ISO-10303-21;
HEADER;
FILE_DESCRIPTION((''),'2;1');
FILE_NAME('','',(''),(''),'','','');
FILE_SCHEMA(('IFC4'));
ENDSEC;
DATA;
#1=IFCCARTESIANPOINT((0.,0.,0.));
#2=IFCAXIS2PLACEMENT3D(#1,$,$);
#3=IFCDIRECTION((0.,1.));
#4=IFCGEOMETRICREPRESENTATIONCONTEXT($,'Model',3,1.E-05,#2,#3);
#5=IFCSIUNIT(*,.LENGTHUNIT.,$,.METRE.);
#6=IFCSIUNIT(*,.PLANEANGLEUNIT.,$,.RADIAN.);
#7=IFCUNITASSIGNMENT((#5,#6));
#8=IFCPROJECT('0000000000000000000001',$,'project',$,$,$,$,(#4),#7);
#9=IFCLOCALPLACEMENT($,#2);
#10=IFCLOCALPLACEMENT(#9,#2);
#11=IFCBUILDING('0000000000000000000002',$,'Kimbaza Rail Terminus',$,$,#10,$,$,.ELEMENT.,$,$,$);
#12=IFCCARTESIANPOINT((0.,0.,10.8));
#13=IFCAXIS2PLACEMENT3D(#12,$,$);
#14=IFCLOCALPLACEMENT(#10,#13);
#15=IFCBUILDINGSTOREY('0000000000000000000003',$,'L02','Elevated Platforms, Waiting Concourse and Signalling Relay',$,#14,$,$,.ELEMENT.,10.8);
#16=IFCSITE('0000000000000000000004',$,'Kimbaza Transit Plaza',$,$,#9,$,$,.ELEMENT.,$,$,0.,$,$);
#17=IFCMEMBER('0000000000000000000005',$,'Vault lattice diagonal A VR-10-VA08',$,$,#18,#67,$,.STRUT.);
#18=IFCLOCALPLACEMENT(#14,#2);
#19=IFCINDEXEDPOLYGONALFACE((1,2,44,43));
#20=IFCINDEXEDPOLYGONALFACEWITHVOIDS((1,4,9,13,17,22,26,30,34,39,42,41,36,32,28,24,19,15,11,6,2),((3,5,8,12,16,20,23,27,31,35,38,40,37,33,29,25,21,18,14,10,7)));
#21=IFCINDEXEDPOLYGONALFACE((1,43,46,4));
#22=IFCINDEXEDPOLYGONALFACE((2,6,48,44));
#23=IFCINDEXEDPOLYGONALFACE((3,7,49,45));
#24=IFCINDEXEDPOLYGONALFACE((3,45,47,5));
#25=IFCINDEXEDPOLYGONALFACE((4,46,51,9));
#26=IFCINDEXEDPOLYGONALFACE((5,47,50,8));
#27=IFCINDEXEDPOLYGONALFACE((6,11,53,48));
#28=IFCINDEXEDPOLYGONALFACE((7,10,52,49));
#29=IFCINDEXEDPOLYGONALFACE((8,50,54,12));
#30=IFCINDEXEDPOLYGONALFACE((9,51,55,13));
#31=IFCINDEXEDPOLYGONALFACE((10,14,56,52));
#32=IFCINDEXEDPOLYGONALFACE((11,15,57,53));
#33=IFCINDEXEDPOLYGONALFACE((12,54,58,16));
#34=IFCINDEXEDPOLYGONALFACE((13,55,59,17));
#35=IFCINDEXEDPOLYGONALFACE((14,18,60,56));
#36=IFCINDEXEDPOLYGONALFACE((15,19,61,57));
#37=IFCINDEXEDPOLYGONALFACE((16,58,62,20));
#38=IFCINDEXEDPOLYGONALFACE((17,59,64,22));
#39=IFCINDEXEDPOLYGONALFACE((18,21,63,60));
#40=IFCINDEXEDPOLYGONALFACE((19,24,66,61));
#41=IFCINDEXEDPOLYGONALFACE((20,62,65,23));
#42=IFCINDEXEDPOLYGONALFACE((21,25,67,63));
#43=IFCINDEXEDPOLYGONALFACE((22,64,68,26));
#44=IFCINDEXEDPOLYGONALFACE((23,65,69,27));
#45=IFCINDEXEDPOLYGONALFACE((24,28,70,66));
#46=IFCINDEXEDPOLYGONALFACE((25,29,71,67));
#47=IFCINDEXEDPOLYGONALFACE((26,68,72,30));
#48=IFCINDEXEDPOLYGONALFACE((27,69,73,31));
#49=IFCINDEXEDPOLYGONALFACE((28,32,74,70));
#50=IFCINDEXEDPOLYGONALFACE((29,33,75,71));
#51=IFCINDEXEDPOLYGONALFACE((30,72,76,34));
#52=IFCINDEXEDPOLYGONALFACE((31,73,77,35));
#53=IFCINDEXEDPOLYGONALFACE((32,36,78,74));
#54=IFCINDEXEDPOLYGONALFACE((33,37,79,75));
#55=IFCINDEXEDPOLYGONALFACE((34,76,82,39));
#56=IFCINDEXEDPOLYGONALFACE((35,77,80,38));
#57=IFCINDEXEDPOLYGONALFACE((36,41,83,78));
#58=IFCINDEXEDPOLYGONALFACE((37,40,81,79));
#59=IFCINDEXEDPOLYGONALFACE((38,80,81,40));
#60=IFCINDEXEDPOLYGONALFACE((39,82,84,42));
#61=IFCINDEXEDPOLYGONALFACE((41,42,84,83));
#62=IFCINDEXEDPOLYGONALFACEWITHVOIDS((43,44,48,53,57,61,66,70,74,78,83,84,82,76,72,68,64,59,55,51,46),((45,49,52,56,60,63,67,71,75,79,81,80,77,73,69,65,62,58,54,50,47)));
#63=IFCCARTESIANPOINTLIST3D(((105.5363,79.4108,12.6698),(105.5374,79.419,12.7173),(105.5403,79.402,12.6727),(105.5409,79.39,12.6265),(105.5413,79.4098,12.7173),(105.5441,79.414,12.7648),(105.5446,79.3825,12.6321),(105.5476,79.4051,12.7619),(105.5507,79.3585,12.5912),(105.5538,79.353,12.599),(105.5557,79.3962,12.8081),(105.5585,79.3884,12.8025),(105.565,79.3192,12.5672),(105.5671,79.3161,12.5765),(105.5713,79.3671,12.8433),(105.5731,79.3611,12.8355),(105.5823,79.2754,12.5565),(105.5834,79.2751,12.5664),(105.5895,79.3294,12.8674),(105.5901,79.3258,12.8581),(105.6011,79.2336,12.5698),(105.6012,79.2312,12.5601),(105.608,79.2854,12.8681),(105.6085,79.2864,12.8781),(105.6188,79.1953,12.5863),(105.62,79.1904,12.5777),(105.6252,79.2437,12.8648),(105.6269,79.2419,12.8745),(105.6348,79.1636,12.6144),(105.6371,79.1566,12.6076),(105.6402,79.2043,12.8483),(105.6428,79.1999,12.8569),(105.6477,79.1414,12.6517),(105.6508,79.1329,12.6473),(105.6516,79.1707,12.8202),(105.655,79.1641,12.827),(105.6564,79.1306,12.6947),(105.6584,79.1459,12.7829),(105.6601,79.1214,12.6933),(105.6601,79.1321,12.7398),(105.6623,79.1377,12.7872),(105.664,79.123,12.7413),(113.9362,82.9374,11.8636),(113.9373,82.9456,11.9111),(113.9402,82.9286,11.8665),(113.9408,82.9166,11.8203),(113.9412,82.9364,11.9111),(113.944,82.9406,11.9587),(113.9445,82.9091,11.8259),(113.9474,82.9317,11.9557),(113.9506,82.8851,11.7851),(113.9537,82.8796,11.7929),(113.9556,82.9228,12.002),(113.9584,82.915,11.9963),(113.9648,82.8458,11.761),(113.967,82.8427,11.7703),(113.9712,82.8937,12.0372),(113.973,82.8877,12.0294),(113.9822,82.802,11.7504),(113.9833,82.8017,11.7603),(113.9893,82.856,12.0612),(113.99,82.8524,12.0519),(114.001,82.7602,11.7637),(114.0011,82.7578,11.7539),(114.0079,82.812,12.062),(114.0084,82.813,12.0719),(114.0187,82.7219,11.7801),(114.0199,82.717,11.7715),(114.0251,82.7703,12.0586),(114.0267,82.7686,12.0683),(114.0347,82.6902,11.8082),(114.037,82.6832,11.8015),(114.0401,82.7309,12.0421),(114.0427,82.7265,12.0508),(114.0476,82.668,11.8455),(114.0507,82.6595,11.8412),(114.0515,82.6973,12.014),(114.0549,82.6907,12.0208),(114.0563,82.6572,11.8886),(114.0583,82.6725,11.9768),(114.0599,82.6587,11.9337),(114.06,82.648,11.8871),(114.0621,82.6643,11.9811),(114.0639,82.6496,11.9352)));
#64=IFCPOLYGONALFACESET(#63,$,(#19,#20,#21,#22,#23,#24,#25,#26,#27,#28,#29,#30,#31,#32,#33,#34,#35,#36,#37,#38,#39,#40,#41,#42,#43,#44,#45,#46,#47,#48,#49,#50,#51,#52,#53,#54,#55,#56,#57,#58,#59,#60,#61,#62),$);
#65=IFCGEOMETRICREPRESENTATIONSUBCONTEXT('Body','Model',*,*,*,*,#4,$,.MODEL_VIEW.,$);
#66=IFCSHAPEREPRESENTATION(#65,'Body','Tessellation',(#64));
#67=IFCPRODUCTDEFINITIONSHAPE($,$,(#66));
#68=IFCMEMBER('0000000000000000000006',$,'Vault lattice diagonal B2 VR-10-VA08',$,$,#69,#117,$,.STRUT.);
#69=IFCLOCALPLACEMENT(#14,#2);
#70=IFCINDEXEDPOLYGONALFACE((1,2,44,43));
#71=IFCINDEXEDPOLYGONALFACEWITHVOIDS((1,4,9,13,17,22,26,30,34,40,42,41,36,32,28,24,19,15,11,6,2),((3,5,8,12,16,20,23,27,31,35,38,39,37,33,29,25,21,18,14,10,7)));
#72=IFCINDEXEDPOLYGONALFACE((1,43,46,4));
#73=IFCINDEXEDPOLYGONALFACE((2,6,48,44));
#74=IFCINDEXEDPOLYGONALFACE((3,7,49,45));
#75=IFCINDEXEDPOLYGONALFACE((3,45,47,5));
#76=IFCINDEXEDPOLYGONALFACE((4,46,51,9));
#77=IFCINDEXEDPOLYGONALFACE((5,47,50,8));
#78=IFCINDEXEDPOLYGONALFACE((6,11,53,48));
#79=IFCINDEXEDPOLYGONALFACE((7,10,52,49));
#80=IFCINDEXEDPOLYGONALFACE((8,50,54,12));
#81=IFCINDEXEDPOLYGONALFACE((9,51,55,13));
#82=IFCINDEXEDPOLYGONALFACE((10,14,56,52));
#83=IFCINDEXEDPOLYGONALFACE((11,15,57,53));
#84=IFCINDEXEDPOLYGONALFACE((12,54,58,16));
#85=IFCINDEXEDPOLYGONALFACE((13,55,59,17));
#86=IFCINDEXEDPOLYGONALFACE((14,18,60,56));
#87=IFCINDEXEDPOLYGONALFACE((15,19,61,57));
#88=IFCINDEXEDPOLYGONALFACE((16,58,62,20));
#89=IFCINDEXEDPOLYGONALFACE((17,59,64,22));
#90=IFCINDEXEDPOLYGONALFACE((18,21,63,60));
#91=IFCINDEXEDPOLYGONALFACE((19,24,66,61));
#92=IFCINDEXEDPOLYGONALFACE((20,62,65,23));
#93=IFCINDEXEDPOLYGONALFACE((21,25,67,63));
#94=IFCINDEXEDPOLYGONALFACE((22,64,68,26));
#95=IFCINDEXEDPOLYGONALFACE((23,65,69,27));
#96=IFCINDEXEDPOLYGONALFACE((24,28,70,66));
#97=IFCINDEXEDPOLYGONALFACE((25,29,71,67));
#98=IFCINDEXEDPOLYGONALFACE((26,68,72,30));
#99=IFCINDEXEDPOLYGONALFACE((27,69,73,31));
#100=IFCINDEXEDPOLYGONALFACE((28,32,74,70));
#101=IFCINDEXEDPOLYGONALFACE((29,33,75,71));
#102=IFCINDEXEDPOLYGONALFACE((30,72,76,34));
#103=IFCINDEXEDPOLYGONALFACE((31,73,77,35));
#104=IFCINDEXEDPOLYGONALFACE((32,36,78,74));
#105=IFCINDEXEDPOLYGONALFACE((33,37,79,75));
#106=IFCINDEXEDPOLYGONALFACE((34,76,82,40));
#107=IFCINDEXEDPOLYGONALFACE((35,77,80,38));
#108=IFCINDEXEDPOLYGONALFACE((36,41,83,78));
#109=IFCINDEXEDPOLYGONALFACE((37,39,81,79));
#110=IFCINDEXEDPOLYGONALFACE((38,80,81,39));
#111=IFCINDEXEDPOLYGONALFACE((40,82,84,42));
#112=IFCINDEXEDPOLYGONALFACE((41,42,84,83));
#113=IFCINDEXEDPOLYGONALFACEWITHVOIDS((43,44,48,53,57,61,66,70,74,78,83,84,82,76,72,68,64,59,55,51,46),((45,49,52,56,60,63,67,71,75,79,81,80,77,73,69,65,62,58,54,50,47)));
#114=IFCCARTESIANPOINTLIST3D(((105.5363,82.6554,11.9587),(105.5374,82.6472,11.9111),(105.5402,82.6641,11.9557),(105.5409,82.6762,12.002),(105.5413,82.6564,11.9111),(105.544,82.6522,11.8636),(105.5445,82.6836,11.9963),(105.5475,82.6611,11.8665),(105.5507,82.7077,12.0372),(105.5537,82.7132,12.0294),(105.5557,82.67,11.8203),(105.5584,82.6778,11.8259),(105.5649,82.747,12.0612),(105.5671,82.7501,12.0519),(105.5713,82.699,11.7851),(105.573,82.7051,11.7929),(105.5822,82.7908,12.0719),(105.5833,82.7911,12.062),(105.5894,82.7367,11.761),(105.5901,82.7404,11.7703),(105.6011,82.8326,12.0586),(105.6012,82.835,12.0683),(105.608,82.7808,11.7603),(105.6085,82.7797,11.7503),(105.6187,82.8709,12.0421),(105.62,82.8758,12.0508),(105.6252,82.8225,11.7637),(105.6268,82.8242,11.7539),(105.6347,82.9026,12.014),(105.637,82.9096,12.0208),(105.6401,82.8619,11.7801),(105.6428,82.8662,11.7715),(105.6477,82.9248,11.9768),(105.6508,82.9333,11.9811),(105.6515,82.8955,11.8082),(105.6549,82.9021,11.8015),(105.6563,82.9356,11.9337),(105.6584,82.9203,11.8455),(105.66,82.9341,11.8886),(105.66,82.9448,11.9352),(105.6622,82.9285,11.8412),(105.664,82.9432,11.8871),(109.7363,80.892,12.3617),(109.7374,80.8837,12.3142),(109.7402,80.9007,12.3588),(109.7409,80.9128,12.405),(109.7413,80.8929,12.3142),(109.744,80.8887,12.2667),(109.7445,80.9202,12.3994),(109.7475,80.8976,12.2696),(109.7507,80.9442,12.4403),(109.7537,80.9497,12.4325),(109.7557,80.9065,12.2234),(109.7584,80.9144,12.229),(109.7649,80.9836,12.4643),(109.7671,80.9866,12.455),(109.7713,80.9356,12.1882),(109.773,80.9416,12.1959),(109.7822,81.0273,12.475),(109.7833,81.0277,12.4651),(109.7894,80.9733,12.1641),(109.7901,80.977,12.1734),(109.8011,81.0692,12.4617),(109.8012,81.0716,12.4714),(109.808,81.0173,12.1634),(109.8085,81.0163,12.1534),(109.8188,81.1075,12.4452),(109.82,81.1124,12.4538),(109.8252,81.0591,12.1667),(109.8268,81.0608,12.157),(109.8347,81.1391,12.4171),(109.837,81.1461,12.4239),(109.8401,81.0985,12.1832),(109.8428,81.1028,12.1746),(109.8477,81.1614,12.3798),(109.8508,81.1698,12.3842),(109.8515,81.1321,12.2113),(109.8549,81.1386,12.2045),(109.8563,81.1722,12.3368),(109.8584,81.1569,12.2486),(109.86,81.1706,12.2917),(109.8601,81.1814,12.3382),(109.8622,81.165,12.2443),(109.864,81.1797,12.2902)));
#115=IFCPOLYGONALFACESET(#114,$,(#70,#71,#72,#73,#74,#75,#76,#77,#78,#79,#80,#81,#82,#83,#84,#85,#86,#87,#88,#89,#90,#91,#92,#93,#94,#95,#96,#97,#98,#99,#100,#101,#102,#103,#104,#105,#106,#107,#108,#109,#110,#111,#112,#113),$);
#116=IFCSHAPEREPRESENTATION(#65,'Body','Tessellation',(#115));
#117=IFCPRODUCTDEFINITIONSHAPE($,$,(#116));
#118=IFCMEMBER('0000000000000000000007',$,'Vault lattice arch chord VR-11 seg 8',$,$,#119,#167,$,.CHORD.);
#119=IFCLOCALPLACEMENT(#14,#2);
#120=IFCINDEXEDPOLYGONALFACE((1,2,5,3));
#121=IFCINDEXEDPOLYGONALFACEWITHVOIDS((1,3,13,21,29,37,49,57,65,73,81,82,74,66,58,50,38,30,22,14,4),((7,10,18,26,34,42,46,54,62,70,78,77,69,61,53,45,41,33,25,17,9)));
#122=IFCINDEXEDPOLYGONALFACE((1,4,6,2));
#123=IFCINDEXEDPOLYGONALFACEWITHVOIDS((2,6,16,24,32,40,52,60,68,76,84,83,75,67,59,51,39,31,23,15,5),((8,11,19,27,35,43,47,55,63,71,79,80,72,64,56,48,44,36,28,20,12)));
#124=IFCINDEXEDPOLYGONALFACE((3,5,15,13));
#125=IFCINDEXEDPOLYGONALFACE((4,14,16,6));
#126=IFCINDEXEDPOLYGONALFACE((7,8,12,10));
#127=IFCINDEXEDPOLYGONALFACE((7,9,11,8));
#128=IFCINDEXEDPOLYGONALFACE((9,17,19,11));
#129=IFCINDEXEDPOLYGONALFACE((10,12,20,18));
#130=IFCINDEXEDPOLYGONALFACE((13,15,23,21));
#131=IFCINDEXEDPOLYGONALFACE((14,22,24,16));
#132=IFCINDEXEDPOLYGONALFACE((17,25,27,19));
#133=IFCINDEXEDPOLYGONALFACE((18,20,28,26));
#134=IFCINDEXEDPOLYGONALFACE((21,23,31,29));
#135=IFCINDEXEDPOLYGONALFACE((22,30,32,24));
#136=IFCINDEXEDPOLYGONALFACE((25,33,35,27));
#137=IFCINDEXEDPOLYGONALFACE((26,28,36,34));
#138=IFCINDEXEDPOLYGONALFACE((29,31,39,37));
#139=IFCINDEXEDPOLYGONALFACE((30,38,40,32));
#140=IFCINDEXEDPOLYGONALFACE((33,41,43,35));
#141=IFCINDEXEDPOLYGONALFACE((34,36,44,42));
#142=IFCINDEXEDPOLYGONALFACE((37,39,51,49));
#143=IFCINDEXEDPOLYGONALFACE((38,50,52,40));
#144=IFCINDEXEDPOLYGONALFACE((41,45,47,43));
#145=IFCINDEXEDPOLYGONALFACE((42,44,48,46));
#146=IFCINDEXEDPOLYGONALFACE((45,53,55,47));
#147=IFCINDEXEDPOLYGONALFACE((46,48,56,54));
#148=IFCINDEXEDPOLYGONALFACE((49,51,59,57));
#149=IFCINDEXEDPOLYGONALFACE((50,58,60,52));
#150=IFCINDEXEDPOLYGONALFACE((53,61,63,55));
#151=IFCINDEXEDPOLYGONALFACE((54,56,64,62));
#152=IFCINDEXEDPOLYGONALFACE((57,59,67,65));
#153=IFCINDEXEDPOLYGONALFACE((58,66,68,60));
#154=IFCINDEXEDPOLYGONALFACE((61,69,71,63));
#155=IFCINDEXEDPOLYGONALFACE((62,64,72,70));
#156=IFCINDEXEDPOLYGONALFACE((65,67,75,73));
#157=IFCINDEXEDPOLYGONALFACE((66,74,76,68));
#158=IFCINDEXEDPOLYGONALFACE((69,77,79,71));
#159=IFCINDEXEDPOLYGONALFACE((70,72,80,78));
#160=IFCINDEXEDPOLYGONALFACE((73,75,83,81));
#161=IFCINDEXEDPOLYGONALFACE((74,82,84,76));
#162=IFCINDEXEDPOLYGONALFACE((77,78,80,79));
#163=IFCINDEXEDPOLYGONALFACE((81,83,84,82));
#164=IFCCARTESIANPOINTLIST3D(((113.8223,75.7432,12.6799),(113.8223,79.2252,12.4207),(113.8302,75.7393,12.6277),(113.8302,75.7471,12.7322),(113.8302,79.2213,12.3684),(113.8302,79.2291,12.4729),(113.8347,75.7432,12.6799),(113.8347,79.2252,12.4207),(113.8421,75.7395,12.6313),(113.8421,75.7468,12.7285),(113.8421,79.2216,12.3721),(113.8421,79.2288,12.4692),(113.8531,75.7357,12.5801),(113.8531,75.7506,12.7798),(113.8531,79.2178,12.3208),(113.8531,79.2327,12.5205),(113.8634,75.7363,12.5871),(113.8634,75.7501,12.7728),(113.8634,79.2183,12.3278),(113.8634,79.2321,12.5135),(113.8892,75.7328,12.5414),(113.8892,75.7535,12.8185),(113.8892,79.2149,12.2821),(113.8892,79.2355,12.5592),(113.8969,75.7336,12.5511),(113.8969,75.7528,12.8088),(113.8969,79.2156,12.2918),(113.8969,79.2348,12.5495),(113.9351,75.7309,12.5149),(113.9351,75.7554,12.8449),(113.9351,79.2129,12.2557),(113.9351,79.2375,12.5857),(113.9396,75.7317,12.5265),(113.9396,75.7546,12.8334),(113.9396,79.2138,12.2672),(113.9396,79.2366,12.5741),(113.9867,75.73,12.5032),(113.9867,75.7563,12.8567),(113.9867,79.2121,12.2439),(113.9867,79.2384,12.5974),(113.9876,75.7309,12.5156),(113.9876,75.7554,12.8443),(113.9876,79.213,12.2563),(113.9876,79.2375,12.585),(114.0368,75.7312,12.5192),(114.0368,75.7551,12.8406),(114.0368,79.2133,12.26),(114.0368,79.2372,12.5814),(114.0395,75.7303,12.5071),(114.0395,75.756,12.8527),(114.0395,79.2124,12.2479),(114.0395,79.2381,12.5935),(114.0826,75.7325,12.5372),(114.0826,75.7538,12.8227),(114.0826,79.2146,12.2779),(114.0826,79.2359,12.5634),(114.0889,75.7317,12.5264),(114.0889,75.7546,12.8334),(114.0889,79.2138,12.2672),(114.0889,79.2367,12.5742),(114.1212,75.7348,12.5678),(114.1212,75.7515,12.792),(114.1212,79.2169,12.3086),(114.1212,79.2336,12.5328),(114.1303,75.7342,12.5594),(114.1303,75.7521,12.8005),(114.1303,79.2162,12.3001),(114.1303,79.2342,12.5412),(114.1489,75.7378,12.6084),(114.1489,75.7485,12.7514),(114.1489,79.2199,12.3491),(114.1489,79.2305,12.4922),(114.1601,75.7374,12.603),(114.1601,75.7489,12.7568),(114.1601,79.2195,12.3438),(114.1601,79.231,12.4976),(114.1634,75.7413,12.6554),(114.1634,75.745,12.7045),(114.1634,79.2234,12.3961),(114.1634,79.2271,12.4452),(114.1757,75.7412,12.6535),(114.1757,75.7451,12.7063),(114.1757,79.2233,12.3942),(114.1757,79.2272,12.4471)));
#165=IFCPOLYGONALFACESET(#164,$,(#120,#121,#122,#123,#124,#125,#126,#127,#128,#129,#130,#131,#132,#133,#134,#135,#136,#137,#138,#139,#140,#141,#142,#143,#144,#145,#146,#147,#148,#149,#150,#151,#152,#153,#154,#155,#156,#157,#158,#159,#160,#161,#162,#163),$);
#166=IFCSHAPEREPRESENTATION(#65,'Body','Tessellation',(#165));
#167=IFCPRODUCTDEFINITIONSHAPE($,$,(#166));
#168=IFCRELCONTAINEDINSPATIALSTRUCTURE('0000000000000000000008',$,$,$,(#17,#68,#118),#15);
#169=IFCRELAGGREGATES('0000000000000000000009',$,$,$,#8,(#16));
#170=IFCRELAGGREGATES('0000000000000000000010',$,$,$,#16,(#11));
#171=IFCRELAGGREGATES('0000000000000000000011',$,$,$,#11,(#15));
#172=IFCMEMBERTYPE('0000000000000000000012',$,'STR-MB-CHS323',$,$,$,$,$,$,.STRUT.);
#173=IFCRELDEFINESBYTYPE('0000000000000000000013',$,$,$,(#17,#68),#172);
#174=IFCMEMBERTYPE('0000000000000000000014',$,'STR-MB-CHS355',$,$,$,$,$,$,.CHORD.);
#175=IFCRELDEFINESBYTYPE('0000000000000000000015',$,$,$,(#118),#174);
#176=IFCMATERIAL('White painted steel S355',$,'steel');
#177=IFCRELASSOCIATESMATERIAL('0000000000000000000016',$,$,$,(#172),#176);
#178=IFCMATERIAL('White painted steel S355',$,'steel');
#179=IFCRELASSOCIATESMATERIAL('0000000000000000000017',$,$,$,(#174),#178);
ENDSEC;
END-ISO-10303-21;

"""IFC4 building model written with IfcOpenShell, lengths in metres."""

from ifc_helpers import new_model, si_unit, direction, frame, origin, origin_2d, place, context, subcontext, project, spatial, hollow_circle, extrude, material, material_profile, profile_set, type_object, element, save


model = new_model("IFC4")

# Units and contexts
model_context = context("Model", 3, precision=1e-05, world=origin(), true_north=direction((0.0, 1.0)))
body_context = subcontext(model_context, "Body", "Model", "MODEL_VIEW")
ifc_project = project(units=[si_unit("LENGTHUNIT", "METRE"), si_unit("PLANEANGLEUNIT", "RADIAN")], contexts=[model_context])

# Site, building, storey
site_placement = place(None, origin())
site = spatial("IfcSite", under=ifc_project, at=site_placement, Name="Kimbaza Transit Plaza", CompositionType="ELEMENT", RefElevation=0.0)
building_placement = place(site_placement, origin())
building = spatial("IfcBuilding", under=site, at=building_placement, Name="Kimbaza Rail Terminus", CompositionType="ELEMENT")
storey_placement = place(building_placement, frame((0.0, 0.0, 10.8)))
storey = spatial("IfcBuildingStorey", under=building, at=storey_placement, Name="L02", Description="Elevated Platforms, Waiting Concourse and Signalling Relay", CompositionType="ELEMENT", Elevation=10.8)

# Members
ifc_material_1 = material(Name="White painted steel S355", Category="steel")
ifc_material_profile_1 = material_profile(ifc_material_1, hollow_circle(Radius=0.1619, WallThickness=0.01, at=origin_2d()), Name="CHS 323.9x10")
ifc_profile_set_1 = profile_set([ifc_material_profile_1], Name="White painted steel S355")
member_type_1 = type_object("IfcMemberType", Name="STR-MB-CHS323", PredefinedType="STRUT", material=ifc_profile_set_1)
member_1_placement = place(storey_placement, frame((105.6001, 79.2698, 12.7173), z_axis=(0.918446, 0.3856, -0.088145), x_axis=(-0.387107, 0.922035, 0.0)))
element("IfcMember", 1, at=member_1_placement, inside=storey, type_object=member_type_1, Name="Vault lattice diagonal A VR-10-VA08", PredefinedType="STRUT", context=body_context, shape_type="SweptSolid", body=[
    extrude(hollow_circle(Radius=0.1619, WallThickness=0.01, at=origin_2d()), origin(), (0.0, 0.0, 1.0), 9.1458),
])
member_2_placement = place(storey_placement, frame((109.8, 81.033, 12.3142), z_axis=(-0.918437, 0.385623, -0.088144), x_axis=(-0.38713, -0.922025, 0.0)))
element("IfcMember", 2, at=member_2_placement, inside=storey, type_object=member_type_1, Name="Vault lattice diagonal B2 VR-10-VA08", PredefinedType="STRUT", context=body_context, shape_type="SweptSolid", body=[
    extrude(hollow_circle(Radius=0.1619, WallThickness=0.01, at=origin_2d()), origin(), (0.0, 0.0, 1.0), 4.573),
])
ifc_material_2 = material(Name="White painted steel S355", Category="steel")
ifc_material_profile_2 = material_profile(ifc_material_2, hollow_circle(Radius=0.1777, WallThickness=0.0125, at=origin_2d()), Name="CHS 355.6x12.5")
ifc_profile_set_2 = profile_set([ifc_material_profile_2], Name="White painted steel S355")
member_type_2 = type_object("IfcMemberType", Name="STR-MB-CHS355", PredefinedType="CHORD", material=ifc_profile_set_2)
member_3_placement = place(storey_placement, frame((114.0, 75.7432, 12.6799), z_axis=(0.0, 0.997239, -0.074253), x_axis=(-1.0, 0.0, 0.0)))
element("IfcMember", 3, at=member_3_placement, inside=storey, type_object=member_type_2, Name="Vault lattice arch chord VR-11 seg 8", PredefinedType="CHORD", context=body_context, shape_type="SweptSolid", body=[
    extrude(hollow_circle(Radius=0.1777, WallThickness=0.0125, at=origin_2d()), origin(), (0.0, 0.0, 1.0), 3.4917),
])

save(model, "model.ifc")
